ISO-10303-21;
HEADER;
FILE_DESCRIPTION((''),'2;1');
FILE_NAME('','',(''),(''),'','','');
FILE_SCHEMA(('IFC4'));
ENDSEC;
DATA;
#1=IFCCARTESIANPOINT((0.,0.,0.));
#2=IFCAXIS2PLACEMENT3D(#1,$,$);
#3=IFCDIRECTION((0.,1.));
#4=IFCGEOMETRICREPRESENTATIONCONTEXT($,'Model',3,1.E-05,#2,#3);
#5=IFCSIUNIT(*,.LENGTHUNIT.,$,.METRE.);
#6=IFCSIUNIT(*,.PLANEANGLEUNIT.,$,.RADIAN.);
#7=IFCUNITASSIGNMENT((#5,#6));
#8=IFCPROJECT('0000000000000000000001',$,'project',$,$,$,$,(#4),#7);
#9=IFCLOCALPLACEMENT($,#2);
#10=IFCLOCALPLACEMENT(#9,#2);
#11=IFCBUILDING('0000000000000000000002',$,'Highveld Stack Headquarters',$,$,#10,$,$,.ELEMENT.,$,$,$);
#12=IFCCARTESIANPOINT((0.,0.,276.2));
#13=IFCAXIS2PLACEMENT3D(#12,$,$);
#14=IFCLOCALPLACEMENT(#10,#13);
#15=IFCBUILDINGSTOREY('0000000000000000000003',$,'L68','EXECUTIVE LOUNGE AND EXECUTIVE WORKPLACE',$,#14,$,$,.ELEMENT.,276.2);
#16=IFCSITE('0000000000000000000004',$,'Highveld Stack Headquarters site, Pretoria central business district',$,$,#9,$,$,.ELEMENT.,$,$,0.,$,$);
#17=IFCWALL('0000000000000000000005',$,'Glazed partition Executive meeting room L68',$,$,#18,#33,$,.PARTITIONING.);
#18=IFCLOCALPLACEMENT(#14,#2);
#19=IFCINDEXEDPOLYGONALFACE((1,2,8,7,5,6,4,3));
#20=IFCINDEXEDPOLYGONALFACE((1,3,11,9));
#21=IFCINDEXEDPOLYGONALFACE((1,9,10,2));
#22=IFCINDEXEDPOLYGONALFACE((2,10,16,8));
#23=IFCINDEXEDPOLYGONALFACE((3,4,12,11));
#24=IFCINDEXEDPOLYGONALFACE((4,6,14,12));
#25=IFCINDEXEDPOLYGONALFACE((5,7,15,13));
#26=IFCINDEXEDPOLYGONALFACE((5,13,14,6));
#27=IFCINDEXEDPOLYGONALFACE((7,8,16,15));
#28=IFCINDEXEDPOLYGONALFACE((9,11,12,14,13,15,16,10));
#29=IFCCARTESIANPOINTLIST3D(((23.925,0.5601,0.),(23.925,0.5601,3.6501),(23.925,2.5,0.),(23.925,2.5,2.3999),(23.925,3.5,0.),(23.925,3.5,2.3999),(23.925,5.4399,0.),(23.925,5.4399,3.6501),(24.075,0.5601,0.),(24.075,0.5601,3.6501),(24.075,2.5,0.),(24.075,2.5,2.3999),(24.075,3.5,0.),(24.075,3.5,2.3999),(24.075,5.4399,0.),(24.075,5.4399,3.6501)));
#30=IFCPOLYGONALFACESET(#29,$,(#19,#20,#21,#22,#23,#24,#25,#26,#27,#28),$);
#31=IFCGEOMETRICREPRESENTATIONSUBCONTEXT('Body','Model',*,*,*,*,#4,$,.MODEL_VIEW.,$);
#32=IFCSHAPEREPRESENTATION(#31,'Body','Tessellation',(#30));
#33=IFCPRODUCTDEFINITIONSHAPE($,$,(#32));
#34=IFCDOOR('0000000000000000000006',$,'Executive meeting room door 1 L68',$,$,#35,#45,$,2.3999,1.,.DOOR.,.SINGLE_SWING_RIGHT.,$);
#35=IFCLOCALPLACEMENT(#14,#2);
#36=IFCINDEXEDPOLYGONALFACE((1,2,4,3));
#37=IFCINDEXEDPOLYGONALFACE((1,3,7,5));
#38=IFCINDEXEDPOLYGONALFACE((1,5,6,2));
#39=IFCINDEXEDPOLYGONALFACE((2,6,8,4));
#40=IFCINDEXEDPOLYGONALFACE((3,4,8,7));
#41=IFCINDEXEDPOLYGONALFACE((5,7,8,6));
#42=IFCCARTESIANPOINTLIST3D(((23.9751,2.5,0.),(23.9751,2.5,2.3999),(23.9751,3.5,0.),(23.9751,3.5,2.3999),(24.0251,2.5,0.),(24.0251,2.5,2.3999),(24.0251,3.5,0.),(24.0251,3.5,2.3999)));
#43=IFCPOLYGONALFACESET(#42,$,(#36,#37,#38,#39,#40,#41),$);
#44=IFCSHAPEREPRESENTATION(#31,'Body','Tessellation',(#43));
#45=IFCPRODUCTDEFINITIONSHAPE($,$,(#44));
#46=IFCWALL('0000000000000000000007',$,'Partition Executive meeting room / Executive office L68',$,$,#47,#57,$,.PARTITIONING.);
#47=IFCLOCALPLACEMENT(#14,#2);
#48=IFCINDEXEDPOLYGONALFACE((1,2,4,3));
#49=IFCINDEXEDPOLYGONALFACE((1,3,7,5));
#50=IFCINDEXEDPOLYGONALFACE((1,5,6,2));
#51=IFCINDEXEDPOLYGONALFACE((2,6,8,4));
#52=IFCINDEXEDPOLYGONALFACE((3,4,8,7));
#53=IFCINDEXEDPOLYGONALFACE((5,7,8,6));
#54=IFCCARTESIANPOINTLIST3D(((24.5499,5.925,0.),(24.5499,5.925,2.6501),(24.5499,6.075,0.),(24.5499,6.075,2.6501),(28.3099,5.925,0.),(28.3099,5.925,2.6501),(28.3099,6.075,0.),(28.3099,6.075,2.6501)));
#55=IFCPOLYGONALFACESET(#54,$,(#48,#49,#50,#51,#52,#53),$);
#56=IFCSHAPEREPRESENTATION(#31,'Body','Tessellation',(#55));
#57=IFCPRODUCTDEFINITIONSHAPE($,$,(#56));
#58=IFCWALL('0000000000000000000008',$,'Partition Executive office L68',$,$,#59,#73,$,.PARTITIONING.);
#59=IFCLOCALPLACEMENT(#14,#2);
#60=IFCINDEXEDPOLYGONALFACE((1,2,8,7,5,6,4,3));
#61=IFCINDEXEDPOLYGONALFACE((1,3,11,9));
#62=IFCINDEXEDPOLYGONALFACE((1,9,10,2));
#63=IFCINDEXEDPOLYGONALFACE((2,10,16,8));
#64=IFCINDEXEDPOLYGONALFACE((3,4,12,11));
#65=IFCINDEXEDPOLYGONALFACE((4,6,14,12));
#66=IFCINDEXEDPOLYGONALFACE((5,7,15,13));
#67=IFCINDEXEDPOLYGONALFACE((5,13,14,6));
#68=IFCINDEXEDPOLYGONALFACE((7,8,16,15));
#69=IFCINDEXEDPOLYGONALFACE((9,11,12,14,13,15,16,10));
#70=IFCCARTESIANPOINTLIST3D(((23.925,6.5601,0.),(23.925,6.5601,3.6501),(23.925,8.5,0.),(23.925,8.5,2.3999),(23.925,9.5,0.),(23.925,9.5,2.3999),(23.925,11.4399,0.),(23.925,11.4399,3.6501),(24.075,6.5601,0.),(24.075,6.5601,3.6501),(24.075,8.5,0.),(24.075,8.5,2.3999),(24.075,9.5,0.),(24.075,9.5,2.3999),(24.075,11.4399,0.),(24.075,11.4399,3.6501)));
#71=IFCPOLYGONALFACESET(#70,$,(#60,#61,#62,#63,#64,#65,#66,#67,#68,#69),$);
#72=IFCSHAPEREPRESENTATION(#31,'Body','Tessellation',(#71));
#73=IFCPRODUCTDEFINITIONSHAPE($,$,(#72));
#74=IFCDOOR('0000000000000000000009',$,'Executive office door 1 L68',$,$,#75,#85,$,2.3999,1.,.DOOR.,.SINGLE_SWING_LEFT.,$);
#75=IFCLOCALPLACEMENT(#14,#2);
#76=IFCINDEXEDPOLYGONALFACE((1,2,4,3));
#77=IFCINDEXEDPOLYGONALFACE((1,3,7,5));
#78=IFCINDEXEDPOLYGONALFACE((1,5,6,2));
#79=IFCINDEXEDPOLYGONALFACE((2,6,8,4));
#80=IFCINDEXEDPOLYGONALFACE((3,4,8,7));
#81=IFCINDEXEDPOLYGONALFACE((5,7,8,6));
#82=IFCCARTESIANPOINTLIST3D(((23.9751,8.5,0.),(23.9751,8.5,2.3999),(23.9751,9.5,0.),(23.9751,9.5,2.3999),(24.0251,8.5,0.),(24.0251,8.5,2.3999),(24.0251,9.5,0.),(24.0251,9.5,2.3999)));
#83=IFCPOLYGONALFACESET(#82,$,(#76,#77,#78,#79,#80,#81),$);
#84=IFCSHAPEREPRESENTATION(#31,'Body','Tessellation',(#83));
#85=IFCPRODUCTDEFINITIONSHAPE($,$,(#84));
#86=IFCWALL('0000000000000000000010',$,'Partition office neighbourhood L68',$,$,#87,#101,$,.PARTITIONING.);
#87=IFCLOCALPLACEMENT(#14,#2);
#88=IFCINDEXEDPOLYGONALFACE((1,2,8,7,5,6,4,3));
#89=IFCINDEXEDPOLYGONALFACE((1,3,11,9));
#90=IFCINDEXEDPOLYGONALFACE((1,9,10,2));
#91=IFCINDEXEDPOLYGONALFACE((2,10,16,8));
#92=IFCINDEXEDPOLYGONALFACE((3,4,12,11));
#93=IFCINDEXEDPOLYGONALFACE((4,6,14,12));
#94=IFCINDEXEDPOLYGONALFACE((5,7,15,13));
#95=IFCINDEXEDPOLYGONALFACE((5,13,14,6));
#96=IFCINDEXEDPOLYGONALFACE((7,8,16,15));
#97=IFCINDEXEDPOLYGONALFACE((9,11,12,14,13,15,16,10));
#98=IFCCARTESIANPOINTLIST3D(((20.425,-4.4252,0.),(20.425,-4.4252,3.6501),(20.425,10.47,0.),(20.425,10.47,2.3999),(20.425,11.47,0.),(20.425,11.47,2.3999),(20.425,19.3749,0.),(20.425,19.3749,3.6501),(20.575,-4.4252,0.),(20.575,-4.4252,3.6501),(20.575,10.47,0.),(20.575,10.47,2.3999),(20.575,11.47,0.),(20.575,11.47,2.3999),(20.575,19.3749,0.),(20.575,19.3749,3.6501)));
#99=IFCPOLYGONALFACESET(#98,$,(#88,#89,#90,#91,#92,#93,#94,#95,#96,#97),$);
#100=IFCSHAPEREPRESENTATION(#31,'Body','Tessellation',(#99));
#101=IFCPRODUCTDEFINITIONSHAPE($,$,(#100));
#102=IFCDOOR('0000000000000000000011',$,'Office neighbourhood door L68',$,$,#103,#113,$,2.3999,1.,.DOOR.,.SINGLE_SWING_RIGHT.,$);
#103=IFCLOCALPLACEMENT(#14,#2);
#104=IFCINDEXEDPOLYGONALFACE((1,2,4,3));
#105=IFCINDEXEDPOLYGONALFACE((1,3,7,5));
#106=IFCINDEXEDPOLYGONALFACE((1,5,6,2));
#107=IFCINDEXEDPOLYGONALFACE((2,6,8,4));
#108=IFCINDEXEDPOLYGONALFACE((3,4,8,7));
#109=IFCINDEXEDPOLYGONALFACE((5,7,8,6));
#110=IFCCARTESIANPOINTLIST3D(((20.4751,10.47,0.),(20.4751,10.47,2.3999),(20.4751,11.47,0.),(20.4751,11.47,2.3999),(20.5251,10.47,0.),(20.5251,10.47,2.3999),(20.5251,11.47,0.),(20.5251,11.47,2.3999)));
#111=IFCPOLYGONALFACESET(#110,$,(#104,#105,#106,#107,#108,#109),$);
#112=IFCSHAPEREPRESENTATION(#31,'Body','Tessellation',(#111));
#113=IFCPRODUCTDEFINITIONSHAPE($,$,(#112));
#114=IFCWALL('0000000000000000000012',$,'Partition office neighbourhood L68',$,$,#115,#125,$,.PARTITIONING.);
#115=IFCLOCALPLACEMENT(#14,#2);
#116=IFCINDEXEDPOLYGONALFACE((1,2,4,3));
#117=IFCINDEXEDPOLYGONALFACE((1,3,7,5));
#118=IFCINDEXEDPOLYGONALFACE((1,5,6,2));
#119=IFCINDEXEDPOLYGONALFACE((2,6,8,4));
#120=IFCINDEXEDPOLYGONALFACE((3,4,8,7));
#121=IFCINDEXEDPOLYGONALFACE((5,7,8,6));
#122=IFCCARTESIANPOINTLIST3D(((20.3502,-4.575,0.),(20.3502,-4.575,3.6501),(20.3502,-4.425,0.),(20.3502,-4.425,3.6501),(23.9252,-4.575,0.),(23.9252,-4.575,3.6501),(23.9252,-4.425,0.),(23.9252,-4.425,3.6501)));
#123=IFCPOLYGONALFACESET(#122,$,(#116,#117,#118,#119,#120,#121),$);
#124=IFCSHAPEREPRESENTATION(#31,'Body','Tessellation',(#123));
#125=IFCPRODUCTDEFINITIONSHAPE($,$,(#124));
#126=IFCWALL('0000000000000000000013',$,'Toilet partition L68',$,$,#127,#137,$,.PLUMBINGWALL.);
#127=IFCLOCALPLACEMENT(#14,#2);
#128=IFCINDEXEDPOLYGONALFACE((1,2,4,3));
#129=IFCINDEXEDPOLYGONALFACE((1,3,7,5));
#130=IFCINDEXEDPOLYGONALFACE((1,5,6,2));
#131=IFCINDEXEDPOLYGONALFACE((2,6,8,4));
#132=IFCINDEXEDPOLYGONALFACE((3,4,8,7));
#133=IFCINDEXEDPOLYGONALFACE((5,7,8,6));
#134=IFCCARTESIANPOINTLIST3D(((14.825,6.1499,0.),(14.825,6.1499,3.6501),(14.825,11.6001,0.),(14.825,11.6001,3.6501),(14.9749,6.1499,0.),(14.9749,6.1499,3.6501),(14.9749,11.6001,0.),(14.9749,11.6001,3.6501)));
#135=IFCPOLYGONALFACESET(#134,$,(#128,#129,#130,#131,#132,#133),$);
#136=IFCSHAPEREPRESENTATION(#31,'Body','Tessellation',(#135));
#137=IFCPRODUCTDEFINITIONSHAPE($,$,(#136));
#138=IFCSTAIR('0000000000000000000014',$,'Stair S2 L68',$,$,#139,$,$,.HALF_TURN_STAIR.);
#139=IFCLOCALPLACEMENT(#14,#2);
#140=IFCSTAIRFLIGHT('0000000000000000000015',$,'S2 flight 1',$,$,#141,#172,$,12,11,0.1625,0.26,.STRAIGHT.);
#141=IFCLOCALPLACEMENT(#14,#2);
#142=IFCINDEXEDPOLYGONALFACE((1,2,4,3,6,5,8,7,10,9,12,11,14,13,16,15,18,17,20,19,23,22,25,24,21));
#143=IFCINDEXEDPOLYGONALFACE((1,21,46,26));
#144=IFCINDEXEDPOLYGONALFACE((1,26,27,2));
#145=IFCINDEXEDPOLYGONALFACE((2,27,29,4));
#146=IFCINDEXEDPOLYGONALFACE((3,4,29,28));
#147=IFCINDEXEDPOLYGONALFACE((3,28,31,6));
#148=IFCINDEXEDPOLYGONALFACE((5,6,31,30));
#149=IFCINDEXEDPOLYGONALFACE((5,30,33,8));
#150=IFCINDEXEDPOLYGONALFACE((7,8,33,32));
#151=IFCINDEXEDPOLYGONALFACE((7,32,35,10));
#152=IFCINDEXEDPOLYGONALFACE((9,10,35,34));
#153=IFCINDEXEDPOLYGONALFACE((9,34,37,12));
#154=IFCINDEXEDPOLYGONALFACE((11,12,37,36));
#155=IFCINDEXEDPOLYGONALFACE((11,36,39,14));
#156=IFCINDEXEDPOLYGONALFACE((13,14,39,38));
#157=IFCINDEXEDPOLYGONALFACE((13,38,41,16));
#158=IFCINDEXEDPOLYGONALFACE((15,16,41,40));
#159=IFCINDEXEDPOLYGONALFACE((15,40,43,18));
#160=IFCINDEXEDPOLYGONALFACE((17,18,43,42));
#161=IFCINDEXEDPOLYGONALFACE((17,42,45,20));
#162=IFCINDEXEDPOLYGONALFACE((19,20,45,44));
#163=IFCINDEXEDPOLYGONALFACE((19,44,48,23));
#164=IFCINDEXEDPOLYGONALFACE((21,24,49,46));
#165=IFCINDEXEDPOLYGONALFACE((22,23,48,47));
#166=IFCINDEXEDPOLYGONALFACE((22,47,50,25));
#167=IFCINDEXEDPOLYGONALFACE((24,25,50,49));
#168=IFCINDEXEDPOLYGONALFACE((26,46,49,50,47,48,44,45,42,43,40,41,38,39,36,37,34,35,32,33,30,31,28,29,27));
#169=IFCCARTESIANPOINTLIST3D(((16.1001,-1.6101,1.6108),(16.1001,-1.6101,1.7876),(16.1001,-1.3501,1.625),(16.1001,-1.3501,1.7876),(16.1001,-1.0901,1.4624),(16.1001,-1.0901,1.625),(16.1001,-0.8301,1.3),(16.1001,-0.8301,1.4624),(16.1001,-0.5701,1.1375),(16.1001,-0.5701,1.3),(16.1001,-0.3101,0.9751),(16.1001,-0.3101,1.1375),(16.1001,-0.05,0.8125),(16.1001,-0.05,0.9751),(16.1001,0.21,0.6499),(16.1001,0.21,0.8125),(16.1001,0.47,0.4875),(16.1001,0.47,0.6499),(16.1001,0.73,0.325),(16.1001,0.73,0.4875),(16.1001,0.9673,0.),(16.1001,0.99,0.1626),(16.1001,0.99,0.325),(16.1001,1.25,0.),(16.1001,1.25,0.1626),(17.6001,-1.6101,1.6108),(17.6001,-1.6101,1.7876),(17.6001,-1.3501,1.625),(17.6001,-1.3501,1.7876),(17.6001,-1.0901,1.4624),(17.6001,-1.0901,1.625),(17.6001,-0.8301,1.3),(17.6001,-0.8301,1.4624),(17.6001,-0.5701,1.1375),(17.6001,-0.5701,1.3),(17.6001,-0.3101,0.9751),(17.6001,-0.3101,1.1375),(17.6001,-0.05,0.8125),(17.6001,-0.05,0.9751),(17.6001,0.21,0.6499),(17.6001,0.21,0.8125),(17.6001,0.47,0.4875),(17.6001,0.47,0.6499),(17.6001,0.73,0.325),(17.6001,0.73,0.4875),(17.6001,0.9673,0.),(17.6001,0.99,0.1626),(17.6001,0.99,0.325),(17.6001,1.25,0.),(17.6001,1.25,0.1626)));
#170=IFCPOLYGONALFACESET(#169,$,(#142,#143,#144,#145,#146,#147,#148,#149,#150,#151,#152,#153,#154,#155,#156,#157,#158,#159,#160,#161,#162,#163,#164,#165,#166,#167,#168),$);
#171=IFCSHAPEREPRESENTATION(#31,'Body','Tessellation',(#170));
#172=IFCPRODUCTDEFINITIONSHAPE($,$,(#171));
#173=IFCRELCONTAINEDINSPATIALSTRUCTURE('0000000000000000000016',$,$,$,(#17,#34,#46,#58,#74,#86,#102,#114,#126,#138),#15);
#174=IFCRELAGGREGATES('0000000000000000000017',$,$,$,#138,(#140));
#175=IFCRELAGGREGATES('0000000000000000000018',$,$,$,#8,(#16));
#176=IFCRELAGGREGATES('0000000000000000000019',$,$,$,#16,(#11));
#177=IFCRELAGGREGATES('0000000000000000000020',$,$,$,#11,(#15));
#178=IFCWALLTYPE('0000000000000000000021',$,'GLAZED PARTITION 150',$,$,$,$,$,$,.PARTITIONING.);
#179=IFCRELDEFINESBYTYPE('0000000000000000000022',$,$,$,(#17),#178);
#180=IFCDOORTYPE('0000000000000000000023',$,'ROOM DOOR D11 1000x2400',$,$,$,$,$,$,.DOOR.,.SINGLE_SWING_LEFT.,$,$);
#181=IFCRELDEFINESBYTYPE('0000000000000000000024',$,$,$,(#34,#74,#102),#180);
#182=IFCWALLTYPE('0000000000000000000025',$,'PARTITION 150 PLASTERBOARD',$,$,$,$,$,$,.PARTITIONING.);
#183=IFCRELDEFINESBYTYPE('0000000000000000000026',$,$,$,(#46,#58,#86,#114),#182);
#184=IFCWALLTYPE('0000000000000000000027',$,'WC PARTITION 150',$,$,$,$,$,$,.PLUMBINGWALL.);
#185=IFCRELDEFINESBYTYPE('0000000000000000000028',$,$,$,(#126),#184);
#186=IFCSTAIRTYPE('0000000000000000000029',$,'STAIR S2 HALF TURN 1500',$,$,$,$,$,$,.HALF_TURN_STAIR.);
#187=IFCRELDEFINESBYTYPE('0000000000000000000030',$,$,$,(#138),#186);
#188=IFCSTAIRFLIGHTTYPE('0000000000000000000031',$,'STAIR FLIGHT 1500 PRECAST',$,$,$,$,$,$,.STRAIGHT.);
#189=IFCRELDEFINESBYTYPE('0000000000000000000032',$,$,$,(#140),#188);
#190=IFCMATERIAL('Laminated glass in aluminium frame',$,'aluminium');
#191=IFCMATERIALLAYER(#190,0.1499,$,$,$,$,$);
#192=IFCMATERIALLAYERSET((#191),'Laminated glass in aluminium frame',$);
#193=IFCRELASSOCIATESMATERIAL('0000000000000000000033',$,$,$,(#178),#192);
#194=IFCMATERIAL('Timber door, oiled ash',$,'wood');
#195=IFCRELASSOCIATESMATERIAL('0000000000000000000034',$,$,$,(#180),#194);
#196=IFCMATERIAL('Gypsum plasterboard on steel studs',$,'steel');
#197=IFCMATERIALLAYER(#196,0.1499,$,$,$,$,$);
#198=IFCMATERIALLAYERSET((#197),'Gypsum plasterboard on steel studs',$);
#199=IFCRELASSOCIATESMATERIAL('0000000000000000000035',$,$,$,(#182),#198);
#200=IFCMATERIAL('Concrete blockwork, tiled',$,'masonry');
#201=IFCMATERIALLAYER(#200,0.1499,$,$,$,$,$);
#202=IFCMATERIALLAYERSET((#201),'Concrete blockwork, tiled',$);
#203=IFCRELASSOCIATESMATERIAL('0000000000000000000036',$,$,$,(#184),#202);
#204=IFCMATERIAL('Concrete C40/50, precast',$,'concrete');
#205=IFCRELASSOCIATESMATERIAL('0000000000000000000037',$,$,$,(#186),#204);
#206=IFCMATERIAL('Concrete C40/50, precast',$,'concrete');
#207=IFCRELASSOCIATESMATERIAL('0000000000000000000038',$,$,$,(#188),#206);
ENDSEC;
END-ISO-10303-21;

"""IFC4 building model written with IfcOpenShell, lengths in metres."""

from ifc_helpers import new_model, si_unit, direction, frame, frame_2d, origin, place, context, subcontext, project, spatial, polyline, rectangle, outline, extrude, material, layer, layer_set, type_object, element, fill, aggregate, save


model = new_model("IFC4")

# Units and contexts
model_context = context("Model", 3, precision=1e-05, world=origin(), true_north=direction((0.0, 1.0)))
body_context = subcontext(model_context, "Body", "Model", "MODEL_VIEW")
ifc_project = project(units=[si_unit("LENGTHUNIT", "METRE"), si_unit("PLANEANGLEUNIT", "RADIAN")], contexts=[model_context])

# Site, building, storey
site_placement = place(None, origin())
site = spatial("IfcSite", under=ifc_project, at=site_placement, Name="Highveld Stack Headquarters site, Pretoria central business district", CompositionType="ELEMENT", RefElevation=0.0)
building_placement = place(site_placement, origin())
building = spatial("IfcBuilding", under=site, at=building_placement, Name="Highveld Stack Headquarters", CompositionType="ELEMENT")
storey_placement = place(building_placement, frame((0.0, 0.0, 276.2)))
storey = spatial("IfcBuildingStorey", under=building, at=storey_placement, Name="L68", Description="EXECUTIVE LOUNGE AND EXECUTIVE WORKPLACE", CompositionType="ELEMENT", Elevation=276.2)

# Shared definitions
ifc_material_1 = material(Name="Laminated glass in aluminium frame", Category="aluminium")
ifc_layer_1 = layer(ifc_material_1, 0.1499)
ifc_layer_set_1 = layer_set([ifc_layer_1], Name="Laminated glass in aluminium frame")
wall_type_1 = type_object("IfcWallType", Name="GLAZED PARTITION 150", PredefinedType="PARTITIONING", material=ifc_layer_set_1)

# Wall, opening, door
wall_1_placement = place(storey_placement, frame((24.0, 0.5601, 0.0), z_axis=(0.0, 0.0, 1.0), x_axis=(0.0, 1.0, 0.0)))
wall_1 = element("IfcWall", 1, at=wall_1_placement, inside=storey, type_object=wall_type_1, Name="Glazed partition Executive meeting room L68", PredefinedType="PARTITIONING", context=body_context, shape_type="SweptSolid", body=[
    extrude(rectangle(XDim=4.8799, YDim=0.1499, at=frame_2d((2.4399, 0.0))), origin(), (0.0, 0.0, 1.0), 3.6501),
])
opening_1_placement = place(wall_1_placement, frame((1.9399, 0.0, 0.0)))
opening_1 = element("IfcOpeningElement", 2, at=opening_1_placement, cuts=wall_1, PredefinedType="OPENING", context=body_context, shape_type="SweptSolid", body=[
    extrude(rectangle(XDim=1.0, YDim=2.3999, at=frame_2d((0.5, 1.2))), frame((0.0, 0.085, 0.0), z_axis=(0.0, -1.0, 0.0), x_axis=(1.0, 0.0, 0.0)), (0.0, 0.0, 1.0), 0.1699),
])
ifc_material_2 = material(Name="Timber door, oiled ash", Category="wood")
door_type_1 = type_object("IfcDoorType", Name="ROOM DOOR D11 1000x2400", OperationType="SINGLE_SWING_LEFT", PredefinedType="DOOR", material=ifc_material_2)
door_1_placement = place(opening_1_placement, origin())
door_1 = element("IfcDoor", 3, at=door_1_placement, inside=storey, type_object=door_type_1, Name="Executive meeting room door 1 L68", OperationType="SINGLE_SWING_RIGHT", OverallHeight=2.3999, OverallWidth=1.0, PredefinedType="DOOR", context=body_context, shape_type="SweptSolid", body=[
    extrude(rectangle(XDim=1.0, YDim=2.3999, at=frame_2d((0.5, 1.2))), frame((0.0, 0.0249, 0.0), z_axis=(0.0, -1.0, 0.0), x_axis=(1.0, 0.0, 0.0)), (0.0, 0.0, 1.0), 0.05),
])
fill(opening_1, door_1)

# Wall
ifc_material_3 = material(Name="Gypsum plasterboard on steel studs", Category="steel")
ifc_layer_2 = layer(ifc_material_3, 0.1499)
ifc_layer_set_2 = layer_set([ifc_layer_2], Name="Gypsum plasterboard on steel studs")
wall_type_2 = type_object("IfcWallType", Name="PARTITION 150 PLASTERBOARD", PredefinedType="PARTITIONING", material=ifc_layer_set_2)
wall_2_placement = place(storey_placement, frame((24.55, 6.0, 0.0), z_axis=(0.0, 0.0, 1.0), x_axis=(1.0, 0.0, 0.0)))
element("IfcWall", 4, at=wall_2_placement, inside=storey, type_object=wall_type_2, Name="Partition Executive meeting room / Executive office L68", PredefinedType="PARTITIONING", context=body_context, shape_type="SweptSolid", body=[
    extrude(rectangle(XDim=3.76, YDim=0.1499, at=frame_2d((1.8799, 0.0))), origin(), (0.0, 0.0, 1.0), 2.6501),
])

# Walls, openings, doors
wall_3_placement = place(storey_placement, frame((24.0, 6.5601, 0.0), z_axis=(0.0, 0.0, 1.0), x_axis=(0.0, 1.0, 0.0)))
wall_3 = element("IfcWall", 5, at=wall_3_placement, inside=storey, type_object=wall_type_2, Name="Partition Executive office L68", PredefinedType="PARTITIONING", context=body_context, shape_type="SweptSolid", body=[
    extrude(rectangle(XDim=4.8799, YDim=0.1499, at=frame_2d((2.4399, 0.0))), origin(), (0.0, 0.0, 1.0), 3.6501),
])
opening_2_placement = place(wall_3_placement, frame((1.9399, 0.0, 0.0)))
opening_2 = element("IfcOpeningElement", 6, at=opening_2_placement, cuts=wall_3, PredefinedType="OPENING", context=body_context, shape_type="SweptSolid", body=[
    extrude(rectangle(XDim=1.0, YDim=2.3999, at=frame_2d((0.5, 1.2))), frame((0.0, 0.085, 0.0), z_axis=(0.0, -1.0, 0.0), x_axis=(1.0, 0.0, 0.0)), (0.0, 0.0, 1.0), 0.1699),
])
door_2_placement = place(opening_2_placement, origin())
door_2 = element("IfcDoor", 7, at=door_2_placement, inside=storey, type_object=door_type_1, Name="Executive office door 1 L68", OperationType="SINGLE_SWING_LEFT", OverallHeight=2.3999, OverallWidth=1.0, PredefinedType="DOOR", context=body_context, shape_type="SweptSolid", body=[
    extrude(rectangle(XDim=1.0, YDim=2.3999, at=frame_2d((0.5, 1.2))), frame((0.0, 0.0249, 0.0), z_axis=(0.0, -1.0, 0.0), x_axis=(1.0, 0.0, 0.0)), (0.0, 0.0, 1.0), 0.05),
])
fill(opening_2, door_2)
wall_4_placement = place(storey_placement, frame((20.5, -4.425, 0.0), z_axis=(0.0, 0.0, 1.0), x_axis=(0.0, 1.0, 0.0)))
wall_4 = element("IfcWall", 8, at=wall_4_placement, inside=storey, type_object=wall_type_2, Name="Partition office neighbourhood L68", PredefinedType="PARTITIONING", context=body_context, shape_type="SweptSolid", body=[
    extrude(rectangle(XDim=23.8, YDim=0.1499, at=frame_2d((11.8999, 0.0))), origin(), (0.0, 0.0, 1.0), 3.6501),
])
opening_3_placement = place(wall_4_placement, frame((14.895, 0.0, 0.0)))
opening_3 = element("IfcOpeningElement", 9, at=opening_3_placement, cuts=wall_4, PredefinedType="OPENING", context=body_context, shape_type="SweptSolid", body=[
    extrude(rectangle(XDim=1.0, YDim=2.3999, at=frame_2d((0.5, 1.2))), frame((0.0, 0.085, 0.0), z_axis=(0.0, -1.0, 0.0), x_axis=(1.0, 0.0, 0.0)), (0.0, 0.0, 1.0), 0.1699),
])
door_3_placement = place(opening_3_placement, origin())
door_3 = element("IfcDoor", 10, at=door_3_placement, inside=storey, type_object=door_type_1, Name="Office neighbourhood door L68", OperationType="SINGLE_SWING_RIGHT", OverallHeight=2.3999, OverallWidth=1.0, PredefinedType="DOOR", context=body_context, shape_type="SweptSolid", body=[
    extrude(rectangle(XDim=1.0, YDim=2.3999, at=frame_2d((0.5, 1.2))), frame((0.0, 0.0249, 0.0), z_axis=(0.0, -1.0, 0.0), x_axis=(1.0, 0.0, 0.0)), (0.0, 0.0, 1.0), 0.05),
])
fill(opening_3, door_3)

# Walls
wall_5_placement = place(storey_placement, frame((20.3501, -4.5, 0.0), z_axis=(0.0, 0.0, 1.0), x_axis=(1.0, 0.0, 0.0)))
element("IfcWall", 11, at=wall_5_placement, inside=storey, type_object=wall_type_2, Name="Partition office neighbourhood L68", PredefinedType="PARTITIONING", context=body_context, shape_type="SweptSolid", body=[
    extrude(rectangle(XDim=3.575, YDim=0.1499, at=frame_2d((1.7876, 0.0))), origin(), (0.0, 0.0, 1.0), 3.6501),
])
ifc_material_4 = material(Name="Concrete blockwork, tiled", Category="masonry")
ifc_layer_3 = layer(ifc_material_4, 0.1499)
ifc_layer_set_3 = layer_set([ifc_layer_3], Name="Concrete blockwork, tiled")
wall_type_3 = type_object("IfcWallType", Name="WC PARTITION 150", PredefinedType="PLUMBINGWALL", material=ifc_layer_set_3)
wall_6_placement = place(storey_placement, frame((14.8999, 6.1499, 0.0), z_axis=(0.0, 0.0, 1.0), x_axis=(0.0, 1.0, 0.0)))
element("IfcWall", 12, at=wall_6_placement, inside=storey, type_object=wall_type_3, Name="Toilet partition L68", PredefinedType="PLUMBINGWALL", context=body_context, shape_type="SweptSolid", body=[
    extrude(rectangle(XDim=5.4502, YDim=0.1499, at=frame_2d((2.7251, 0.0))), origin(), (0.0, 0.0, 1.0), 3.6501),
])

# Stair, stair flight
ifc_material_5 = material(Name="Concrete C40/50, precast", Category="concrete")
stair_type = type_object("IfcStairType", Name="STAIR S2 HALF TURN 1500", PredefinedType="HALF_TURN_STAIR", material=ifc_material_5)
stair_placement = place(storey_placement, origin())
stair = element("IfcStair", 13, at=stair_placement, inside=storey, type_object=stair_type, Name="Stair S2 L68", PredefinedType="HALF_TURN_STAIR")
ifc_material_6 = material(Name="Concrete C40/50, precast", Category="concrete")
stair_flight_type = type_object("IfcStairFlightType", Name="STAIR FLIGHT 1500 PRECAST", PredefinedType="STRAIGHT", material=ifc_material_6)
stair_flight_1_placement = place(storey_placement, frame((16.8501, 1.25, 0.0), z_axis=(0.0, 0.0, 1.0), x_axis=(0.0, -1.0, 0.0)))
stair_flight_1 = element("IfcStairFlight", 14, at=stair_flight_1_placement, type_object=stair_flight_type, Name="S2 flight 1", NumberOfRisers=12, NumberOfTreads=11, PredefinedType="STRAIGHT", RiserHeight=0.1625, TreadLength=0.26, context=body_context, shape_type="SweptSolid", body=[
    extrude(outline(polyline([(0.0, 0.0), (0.0, 0.1626), (0.26, 0.1626), (0.26, 0.325), (0.52, 0.325), (0.52, 0.4875), (0.78, 0.4875), (0.78, 0.6499), (1.04, 0.6499), (1.04, 0.8125), (1.3, 0.8125), (1.3, 0.9751), (1.5601, 0.9751), (1.5601, 1.1375), (1.8201, 1.1375), (1.8201, 1.3), (2.0801, 1.3), (2.0801, 1.4624), (2.3401, 1.4624), (2.3401, 1.625), (2.6001, 1.625), (2.6001, 1.7876), (2.8601, 1.7876), (2.8601, 1.95), (2.8601, 1.6108), (0.2827, 0.0), (0.0, 0.0)])), frame((0.0, 0.75, 0.0), z_axis=(0.0, -1.0, 0.0), x_axis=(1.0, 0.0, 0.0)), (0.0, 0.0, 1.0), 1.5),
])
aggregate(stair, [stair_flight_1])

save(model, "model.ifc")
